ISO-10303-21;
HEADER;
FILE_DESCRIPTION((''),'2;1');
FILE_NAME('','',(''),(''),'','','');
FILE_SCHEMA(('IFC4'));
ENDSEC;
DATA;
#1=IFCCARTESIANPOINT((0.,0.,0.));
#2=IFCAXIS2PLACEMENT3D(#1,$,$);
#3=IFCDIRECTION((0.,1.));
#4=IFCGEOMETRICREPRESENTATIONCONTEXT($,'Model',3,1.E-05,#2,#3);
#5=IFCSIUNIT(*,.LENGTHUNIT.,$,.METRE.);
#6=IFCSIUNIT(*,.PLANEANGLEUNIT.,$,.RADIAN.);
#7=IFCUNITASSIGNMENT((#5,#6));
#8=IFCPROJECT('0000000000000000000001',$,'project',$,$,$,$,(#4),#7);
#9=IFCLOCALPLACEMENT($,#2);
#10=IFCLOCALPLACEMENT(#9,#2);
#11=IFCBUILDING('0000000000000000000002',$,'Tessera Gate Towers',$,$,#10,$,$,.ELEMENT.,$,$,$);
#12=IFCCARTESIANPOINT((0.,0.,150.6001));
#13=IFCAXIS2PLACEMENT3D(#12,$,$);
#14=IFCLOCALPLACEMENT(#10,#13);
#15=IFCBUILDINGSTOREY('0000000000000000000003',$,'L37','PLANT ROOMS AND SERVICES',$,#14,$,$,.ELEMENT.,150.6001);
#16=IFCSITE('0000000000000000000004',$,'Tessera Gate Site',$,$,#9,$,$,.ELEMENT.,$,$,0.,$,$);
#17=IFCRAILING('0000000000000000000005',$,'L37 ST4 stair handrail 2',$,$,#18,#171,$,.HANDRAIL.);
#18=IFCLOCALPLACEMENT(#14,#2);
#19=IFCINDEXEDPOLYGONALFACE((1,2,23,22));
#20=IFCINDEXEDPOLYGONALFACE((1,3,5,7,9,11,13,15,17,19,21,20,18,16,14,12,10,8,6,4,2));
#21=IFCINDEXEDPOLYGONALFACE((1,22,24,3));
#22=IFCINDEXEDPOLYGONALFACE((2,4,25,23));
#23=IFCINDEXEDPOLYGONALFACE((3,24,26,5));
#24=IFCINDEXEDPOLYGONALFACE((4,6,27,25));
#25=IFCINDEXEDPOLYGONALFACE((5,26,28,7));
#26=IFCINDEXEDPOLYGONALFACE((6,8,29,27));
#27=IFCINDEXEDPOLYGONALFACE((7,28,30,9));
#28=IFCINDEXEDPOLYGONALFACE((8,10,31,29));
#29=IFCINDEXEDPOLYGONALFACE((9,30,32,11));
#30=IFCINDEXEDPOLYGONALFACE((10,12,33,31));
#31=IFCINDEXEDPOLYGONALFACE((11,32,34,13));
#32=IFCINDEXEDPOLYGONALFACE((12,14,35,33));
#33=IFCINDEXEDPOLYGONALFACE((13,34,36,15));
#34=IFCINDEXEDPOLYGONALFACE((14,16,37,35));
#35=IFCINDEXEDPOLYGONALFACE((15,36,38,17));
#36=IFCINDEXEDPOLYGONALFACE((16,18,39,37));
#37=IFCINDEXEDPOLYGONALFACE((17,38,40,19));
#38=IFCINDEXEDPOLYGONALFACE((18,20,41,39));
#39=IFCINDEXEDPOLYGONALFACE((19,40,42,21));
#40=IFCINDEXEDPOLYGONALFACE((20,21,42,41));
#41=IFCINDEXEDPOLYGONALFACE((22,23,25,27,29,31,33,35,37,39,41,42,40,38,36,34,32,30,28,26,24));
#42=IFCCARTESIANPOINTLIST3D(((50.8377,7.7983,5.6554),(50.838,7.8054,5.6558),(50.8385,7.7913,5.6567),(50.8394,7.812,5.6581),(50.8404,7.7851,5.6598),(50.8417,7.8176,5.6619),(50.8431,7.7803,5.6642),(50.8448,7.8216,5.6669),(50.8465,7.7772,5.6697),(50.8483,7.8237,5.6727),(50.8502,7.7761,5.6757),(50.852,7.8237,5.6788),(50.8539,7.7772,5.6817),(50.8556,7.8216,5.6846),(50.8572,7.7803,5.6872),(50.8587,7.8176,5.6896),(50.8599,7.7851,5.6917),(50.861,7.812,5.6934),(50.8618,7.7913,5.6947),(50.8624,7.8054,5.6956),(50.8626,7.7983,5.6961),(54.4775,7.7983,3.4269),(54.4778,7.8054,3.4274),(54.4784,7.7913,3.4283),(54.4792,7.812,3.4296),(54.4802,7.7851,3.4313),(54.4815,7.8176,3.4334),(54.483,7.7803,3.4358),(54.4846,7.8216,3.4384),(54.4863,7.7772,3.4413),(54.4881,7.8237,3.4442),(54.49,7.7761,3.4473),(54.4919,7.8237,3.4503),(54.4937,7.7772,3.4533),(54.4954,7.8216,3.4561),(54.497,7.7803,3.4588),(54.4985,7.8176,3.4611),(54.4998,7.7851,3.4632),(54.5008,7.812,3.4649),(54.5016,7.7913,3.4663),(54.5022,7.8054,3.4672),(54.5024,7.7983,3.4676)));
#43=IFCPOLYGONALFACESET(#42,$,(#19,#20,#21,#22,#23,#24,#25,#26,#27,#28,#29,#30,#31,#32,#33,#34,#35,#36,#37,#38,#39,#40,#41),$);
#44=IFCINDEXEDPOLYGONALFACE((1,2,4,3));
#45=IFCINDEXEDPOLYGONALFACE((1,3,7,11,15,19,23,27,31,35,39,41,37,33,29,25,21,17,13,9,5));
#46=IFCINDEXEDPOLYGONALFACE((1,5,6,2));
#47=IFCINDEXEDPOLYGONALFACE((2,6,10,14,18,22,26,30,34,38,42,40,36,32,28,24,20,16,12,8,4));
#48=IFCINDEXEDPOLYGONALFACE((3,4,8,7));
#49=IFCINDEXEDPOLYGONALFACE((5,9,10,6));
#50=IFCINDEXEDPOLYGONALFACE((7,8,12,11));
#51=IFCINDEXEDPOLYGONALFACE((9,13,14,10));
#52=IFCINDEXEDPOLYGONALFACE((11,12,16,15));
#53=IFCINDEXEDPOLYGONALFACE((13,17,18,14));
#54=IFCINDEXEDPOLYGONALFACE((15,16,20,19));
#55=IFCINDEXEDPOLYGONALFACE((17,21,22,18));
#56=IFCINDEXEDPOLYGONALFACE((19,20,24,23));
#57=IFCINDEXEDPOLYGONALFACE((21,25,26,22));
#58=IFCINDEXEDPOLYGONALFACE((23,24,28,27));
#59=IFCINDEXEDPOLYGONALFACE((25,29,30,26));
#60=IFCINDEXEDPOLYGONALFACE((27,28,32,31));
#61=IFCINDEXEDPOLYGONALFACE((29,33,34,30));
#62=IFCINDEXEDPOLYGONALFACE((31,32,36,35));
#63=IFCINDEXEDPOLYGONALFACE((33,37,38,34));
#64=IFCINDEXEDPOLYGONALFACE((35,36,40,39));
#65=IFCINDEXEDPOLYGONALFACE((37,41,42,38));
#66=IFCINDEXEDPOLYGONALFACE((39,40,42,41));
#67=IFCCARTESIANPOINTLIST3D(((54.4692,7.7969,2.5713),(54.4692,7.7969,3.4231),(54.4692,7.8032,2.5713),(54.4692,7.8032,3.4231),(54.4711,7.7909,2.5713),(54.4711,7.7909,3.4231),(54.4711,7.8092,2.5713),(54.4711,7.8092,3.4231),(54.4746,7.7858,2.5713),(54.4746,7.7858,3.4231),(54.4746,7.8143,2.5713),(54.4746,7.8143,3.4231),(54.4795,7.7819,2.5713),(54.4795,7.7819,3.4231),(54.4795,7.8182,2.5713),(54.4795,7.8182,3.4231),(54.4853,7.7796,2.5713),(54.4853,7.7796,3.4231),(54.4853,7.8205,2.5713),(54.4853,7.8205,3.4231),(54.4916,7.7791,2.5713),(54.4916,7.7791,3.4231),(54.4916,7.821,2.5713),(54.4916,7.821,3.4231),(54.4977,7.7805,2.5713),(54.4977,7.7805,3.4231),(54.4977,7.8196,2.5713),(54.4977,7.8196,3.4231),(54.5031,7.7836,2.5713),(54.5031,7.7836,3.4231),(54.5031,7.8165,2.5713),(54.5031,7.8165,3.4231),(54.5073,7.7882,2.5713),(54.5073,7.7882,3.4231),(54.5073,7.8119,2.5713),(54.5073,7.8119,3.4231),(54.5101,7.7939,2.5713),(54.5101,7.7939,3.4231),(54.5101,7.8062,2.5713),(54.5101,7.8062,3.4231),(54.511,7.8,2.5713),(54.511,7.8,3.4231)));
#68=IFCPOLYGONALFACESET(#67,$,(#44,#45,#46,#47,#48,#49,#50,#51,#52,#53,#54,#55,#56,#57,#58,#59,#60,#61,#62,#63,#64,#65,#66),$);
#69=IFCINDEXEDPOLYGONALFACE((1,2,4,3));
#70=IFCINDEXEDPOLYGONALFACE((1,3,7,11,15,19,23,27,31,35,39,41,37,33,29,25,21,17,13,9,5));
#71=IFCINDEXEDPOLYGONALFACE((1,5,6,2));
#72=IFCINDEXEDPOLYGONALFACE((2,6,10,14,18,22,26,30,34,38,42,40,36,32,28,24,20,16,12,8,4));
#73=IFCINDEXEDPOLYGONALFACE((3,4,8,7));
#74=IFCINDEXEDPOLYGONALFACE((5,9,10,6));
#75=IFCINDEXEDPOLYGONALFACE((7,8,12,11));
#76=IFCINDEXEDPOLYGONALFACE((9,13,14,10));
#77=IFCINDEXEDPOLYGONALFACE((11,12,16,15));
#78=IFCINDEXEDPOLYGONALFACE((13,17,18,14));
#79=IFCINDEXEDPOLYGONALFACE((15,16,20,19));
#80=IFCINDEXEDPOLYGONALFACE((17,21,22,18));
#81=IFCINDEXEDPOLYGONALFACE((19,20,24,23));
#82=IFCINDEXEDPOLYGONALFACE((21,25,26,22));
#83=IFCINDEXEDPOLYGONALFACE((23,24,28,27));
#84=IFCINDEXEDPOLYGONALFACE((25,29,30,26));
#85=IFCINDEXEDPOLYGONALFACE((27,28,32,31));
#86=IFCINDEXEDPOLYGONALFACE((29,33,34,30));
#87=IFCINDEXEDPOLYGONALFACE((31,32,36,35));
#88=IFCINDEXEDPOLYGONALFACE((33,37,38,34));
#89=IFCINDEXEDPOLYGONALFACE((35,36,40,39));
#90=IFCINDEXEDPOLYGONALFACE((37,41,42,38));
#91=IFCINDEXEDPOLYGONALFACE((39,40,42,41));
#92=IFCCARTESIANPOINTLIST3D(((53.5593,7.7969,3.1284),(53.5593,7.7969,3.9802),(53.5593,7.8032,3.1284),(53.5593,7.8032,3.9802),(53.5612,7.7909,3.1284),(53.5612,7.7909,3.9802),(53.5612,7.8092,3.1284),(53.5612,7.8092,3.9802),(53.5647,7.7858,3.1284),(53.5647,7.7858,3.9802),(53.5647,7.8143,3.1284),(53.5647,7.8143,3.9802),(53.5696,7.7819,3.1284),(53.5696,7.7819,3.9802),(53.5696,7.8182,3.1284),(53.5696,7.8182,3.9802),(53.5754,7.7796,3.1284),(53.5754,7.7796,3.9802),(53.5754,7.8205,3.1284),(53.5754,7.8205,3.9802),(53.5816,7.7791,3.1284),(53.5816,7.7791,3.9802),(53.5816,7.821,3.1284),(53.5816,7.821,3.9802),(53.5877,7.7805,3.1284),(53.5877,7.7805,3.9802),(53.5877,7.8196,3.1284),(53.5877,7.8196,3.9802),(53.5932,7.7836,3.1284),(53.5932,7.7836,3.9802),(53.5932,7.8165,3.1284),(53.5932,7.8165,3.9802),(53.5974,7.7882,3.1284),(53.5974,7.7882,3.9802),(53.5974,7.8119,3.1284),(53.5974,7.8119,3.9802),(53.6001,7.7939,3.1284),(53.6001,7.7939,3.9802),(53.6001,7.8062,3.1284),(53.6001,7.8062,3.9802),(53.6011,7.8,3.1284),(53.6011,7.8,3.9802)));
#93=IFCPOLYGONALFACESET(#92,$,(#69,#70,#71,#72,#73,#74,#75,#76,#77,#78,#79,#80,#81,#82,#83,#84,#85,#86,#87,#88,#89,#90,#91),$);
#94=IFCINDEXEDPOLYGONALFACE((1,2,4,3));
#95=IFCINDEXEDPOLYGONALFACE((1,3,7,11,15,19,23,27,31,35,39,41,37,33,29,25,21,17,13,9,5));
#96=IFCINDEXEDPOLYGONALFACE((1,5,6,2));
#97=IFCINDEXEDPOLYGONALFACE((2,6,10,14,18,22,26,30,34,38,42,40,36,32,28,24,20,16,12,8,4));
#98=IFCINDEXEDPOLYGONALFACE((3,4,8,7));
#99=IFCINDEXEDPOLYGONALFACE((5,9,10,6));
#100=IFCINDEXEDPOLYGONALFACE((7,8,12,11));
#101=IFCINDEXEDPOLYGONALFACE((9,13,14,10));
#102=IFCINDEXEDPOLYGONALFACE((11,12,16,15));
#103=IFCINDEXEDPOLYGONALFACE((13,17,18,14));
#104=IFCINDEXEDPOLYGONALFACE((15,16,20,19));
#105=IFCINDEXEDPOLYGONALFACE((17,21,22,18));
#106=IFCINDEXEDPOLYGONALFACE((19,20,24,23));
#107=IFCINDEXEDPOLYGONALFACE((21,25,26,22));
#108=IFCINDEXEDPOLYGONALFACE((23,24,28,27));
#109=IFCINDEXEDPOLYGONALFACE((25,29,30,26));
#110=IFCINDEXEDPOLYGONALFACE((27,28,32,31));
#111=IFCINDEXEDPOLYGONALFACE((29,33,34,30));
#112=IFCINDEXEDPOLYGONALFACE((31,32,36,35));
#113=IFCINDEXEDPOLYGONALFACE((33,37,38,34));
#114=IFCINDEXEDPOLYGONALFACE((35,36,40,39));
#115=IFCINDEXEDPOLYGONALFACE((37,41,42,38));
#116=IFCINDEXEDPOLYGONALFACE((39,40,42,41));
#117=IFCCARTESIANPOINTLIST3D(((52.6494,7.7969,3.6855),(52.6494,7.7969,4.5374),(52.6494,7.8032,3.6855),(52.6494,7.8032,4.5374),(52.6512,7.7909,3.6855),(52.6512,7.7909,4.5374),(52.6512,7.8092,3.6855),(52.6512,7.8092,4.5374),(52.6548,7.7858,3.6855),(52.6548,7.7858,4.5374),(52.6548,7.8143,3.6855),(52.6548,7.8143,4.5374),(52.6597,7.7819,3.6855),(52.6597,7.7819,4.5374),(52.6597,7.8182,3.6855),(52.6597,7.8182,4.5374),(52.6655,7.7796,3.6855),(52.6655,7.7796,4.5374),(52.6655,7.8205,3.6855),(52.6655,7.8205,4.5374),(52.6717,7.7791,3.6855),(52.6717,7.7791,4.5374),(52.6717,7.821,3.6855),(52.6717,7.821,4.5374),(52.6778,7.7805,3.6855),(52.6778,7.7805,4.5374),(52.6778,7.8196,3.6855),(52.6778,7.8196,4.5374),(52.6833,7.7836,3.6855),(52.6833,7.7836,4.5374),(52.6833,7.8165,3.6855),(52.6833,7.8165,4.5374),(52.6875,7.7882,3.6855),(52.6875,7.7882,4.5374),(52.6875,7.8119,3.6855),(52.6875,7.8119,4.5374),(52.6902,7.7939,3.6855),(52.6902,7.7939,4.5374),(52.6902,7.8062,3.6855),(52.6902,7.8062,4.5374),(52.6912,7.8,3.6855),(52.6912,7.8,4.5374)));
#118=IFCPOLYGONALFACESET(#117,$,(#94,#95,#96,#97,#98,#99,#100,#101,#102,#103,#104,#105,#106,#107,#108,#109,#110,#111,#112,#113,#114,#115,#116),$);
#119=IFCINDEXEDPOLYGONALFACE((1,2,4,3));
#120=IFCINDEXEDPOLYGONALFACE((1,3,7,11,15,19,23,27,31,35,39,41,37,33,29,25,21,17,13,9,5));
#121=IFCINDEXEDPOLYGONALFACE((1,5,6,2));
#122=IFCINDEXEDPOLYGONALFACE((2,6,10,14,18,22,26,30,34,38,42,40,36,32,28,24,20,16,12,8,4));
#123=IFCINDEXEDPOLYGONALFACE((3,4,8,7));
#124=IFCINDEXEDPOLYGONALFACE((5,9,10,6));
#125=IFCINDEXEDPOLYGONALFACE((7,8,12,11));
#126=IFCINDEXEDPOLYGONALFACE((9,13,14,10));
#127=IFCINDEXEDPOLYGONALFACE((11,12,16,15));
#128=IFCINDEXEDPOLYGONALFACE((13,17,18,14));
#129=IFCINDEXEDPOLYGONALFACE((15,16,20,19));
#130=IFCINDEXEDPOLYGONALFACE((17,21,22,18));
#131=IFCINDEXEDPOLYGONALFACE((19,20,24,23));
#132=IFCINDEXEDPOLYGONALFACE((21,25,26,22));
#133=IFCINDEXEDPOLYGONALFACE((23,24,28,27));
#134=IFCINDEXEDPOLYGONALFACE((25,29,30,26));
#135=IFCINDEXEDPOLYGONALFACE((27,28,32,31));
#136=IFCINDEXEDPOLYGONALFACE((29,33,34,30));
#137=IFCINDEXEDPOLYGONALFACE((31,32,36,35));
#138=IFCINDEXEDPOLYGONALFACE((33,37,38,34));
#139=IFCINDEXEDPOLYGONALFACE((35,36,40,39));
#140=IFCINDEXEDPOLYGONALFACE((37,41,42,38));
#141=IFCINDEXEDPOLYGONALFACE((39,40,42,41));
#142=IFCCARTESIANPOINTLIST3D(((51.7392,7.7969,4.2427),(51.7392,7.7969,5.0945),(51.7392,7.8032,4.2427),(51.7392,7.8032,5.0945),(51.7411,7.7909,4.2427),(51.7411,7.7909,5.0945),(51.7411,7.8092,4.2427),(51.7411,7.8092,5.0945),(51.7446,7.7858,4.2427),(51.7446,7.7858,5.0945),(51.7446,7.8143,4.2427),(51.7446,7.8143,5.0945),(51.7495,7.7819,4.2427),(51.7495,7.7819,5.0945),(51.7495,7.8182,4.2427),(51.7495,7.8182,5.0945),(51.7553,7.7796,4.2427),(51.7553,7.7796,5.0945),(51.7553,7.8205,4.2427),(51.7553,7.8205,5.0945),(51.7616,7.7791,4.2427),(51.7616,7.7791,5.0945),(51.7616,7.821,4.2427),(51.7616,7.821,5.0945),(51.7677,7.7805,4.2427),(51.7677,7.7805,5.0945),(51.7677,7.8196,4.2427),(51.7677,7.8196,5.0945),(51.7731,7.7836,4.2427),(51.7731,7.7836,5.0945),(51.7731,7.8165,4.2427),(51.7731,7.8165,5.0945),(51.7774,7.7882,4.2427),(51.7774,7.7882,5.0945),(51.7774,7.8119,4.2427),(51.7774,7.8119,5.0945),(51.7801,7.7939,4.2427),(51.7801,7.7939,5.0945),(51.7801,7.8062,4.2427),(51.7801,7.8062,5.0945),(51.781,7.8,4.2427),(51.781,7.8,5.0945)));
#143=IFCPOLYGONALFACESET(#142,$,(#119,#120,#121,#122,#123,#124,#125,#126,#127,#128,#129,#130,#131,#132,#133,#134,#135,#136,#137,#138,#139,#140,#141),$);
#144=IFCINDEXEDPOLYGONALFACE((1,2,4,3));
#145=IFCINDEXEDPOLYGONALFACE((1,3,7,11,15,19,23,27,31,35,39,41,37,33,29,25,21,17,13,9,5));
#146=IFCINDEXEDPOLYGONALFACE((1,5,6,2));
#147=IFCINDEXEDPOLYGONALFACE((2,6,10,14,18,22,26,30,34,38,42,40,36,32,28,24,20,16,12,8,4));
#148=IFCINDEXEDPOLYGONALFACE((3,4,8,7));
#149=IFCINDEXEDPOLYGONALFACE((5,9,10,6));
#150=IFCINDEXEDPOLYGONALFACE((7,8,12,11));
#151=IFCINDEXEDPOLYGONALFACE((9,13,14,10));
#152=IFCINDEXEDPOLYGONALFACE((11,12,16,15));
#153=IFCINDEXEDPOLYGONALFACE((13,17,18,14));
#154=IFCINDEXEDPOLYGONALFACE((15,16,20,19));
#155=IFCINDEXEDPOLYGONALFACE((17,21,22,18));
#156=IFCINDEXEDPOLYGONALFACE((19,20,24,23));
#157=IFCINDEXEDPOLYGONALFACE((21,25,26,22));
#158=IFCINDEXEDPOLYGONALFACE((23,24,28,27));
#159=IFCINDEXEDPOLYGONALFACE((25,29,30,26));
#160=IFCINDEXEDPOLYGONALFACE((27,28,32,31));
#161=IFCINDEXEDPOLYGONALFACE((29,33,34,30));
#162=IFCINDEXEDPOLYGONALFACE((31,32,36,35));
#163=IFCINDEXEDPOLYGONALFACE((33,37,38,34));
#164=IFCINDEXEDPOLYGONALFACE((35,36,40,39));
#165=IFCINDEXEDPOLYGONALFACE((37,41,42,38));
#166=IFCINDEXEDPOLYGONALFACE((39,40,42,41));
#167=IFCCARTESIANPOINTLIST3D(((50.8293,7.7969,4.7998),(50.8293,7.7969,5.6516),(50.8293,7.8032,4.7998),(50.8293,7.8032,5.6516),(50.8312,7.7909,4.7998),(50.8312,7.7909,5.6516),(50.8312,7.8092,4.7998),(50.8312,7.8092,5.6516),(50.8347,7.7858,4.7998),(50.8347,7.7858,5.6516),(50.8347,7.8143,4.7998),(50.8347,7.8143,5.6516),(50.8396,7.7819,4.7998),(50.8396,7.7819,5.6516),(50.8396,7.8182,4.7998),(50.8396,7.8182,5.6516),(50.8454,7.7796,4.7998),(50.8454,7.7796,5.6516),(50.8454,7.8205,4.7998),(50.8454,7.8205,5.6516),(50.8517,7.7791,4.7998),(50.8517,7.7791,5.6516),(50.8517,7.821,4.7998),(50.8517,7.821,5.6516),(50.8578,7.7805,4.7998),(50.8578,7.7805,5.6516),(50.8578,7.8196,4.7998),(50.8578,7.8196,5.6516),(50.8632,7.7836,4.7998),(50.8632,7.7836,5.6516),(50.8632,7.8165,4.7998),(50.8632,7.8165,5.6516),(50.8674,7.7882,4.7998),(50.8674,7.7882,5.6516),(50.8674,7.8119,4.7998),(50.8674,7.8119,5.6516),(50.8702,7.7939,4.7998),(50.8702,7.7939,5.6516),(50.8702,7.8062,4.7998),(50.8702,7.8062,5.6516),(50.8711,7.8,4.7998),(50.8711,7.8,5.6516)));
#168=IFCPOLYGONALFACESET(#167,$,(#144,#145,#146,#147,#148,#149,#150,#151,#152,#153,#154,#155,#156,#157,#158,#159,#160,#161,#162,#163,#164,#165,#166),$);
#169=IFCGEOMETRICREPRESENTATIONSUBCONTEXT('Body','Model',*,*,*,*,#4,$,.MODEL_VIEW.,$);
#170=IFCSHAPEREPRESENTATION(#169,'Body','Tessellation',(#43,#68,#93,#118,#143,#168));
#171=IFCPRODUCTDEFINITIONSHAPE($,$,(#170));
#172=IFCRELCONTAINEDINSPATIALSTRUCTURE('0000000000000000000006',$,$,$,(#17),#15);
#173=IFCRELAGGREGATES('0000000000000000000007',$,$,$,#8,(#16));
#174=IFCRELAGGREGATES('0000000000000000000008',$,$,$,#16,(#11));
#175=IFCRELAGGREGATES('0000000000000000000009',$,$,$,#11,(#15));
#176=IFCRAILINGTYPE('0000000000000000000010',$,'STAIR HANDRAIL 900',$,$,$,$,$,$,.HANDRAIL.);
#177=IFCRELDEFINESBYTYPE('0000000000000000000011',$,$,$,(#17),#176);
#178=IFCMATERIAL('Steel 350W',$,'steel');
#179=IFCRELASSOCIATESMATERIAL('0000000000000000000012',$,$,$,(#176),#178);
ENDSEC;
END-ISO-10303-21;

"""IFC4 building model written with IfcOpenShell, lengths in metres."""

from ifc_helpers import new_model, si_unit, direction, frame, origin, origin_2d, place, context, subcontext, project, spatial, circle, extrude, material, type_object, element, save


model = new_model("IFC4")

# Units and contexts
model_context = context("Model", 3, precision=1e-05, world=origin(), true_north=direction((0.0, 1.0)))
body_context = subcontext(model_context, "Body", "Model", "MODEL_VIEW")
ifc_project = project(units=[si_unit("LENGTHUNIT", "METRE"), si_unit("PLANEANGLEUNIT", "RADIAN")], contexts=[model_context])

# Site, building, storey
site_placement = place(None, origin())
site = spatial("IfcSite", under=ifc_project, at=site_placement, Name="Tessera Gate Site", CompositionType="ELEMENT", RefElevation=0.0)
building_placement = place(site_placement, origin())
building = spatial("IfcBuilding", under=site, at=building_placement, Name="Tessera Gate Towers", CompositionType="ELEMENT")
storey_placement = place(building_placement, frame((0.0, 0.0, 150.6001)))
storey = spatial("IfcBuildingStorey", under=building, at=storey_placement, Name="L37", Description="PLANT ROOMS AND SERVICES", CompositionType="ELEMENT", Elevation=150.6001)

# Railing
ifc_material_1 = material(Name="Steel 350W", Category="steel")
railing_type_1 = type_object("IfcRailingType", Name="STAIR HANDRAIL 900", PredefinedType="HANDRAIL", material=ifc_material_1)
railing_1_placement = place(storey_placement, frame((54.49, 7.8, 2.5713)))
element("IfcRailing", 1, at=railing_1_placement, inside=storey, type_object=railing_type_1, Name="L37 ST4 stair handrail 2", PredefinedType="HANDRAIL", context=body_context, shape_type="SweptSolid", body=[
    extrude(circle(Radius=0.0239, at=origin_2d()), frame((0.0, 0.0, 0.876), z_axis=(-0.85285, 0.0, 0.522156), x_axis=(0.0, -1.0, 0.0)), (0.0, 0.0, 1.0), 4.2678),
    extrude(circle(Radius=0.021, at=origin_2d()), origin(), (0.0, 0.0, 1.0), 0.8518),
    extrude(circle(Radius=0.021, at=origin_2d()), frame((-0.9099, 0.0, 0.5571)), (0.0, 0.0, 1.0), 0.8518),
    extrude(circle(Radius=0.021, at=origin_2d()), frame((-1.8198, 0.0, 1.1143)), (0.0, 0.0, 1.0), 0.8518),
    extrude(circle(Radius=0.021, at=origin_2d()), frame((-2.73, 0.0, 1.6714)), (0.0, 0.0, 1.0), 0.8518),
    extrude(circle(Radius=0.021, at=origin_2d()), frame((-3.6399, 0.0, 2.2285)), (0.0, 0.0, 1.0), 0.8518),
])

save(model, "model.ifc")
